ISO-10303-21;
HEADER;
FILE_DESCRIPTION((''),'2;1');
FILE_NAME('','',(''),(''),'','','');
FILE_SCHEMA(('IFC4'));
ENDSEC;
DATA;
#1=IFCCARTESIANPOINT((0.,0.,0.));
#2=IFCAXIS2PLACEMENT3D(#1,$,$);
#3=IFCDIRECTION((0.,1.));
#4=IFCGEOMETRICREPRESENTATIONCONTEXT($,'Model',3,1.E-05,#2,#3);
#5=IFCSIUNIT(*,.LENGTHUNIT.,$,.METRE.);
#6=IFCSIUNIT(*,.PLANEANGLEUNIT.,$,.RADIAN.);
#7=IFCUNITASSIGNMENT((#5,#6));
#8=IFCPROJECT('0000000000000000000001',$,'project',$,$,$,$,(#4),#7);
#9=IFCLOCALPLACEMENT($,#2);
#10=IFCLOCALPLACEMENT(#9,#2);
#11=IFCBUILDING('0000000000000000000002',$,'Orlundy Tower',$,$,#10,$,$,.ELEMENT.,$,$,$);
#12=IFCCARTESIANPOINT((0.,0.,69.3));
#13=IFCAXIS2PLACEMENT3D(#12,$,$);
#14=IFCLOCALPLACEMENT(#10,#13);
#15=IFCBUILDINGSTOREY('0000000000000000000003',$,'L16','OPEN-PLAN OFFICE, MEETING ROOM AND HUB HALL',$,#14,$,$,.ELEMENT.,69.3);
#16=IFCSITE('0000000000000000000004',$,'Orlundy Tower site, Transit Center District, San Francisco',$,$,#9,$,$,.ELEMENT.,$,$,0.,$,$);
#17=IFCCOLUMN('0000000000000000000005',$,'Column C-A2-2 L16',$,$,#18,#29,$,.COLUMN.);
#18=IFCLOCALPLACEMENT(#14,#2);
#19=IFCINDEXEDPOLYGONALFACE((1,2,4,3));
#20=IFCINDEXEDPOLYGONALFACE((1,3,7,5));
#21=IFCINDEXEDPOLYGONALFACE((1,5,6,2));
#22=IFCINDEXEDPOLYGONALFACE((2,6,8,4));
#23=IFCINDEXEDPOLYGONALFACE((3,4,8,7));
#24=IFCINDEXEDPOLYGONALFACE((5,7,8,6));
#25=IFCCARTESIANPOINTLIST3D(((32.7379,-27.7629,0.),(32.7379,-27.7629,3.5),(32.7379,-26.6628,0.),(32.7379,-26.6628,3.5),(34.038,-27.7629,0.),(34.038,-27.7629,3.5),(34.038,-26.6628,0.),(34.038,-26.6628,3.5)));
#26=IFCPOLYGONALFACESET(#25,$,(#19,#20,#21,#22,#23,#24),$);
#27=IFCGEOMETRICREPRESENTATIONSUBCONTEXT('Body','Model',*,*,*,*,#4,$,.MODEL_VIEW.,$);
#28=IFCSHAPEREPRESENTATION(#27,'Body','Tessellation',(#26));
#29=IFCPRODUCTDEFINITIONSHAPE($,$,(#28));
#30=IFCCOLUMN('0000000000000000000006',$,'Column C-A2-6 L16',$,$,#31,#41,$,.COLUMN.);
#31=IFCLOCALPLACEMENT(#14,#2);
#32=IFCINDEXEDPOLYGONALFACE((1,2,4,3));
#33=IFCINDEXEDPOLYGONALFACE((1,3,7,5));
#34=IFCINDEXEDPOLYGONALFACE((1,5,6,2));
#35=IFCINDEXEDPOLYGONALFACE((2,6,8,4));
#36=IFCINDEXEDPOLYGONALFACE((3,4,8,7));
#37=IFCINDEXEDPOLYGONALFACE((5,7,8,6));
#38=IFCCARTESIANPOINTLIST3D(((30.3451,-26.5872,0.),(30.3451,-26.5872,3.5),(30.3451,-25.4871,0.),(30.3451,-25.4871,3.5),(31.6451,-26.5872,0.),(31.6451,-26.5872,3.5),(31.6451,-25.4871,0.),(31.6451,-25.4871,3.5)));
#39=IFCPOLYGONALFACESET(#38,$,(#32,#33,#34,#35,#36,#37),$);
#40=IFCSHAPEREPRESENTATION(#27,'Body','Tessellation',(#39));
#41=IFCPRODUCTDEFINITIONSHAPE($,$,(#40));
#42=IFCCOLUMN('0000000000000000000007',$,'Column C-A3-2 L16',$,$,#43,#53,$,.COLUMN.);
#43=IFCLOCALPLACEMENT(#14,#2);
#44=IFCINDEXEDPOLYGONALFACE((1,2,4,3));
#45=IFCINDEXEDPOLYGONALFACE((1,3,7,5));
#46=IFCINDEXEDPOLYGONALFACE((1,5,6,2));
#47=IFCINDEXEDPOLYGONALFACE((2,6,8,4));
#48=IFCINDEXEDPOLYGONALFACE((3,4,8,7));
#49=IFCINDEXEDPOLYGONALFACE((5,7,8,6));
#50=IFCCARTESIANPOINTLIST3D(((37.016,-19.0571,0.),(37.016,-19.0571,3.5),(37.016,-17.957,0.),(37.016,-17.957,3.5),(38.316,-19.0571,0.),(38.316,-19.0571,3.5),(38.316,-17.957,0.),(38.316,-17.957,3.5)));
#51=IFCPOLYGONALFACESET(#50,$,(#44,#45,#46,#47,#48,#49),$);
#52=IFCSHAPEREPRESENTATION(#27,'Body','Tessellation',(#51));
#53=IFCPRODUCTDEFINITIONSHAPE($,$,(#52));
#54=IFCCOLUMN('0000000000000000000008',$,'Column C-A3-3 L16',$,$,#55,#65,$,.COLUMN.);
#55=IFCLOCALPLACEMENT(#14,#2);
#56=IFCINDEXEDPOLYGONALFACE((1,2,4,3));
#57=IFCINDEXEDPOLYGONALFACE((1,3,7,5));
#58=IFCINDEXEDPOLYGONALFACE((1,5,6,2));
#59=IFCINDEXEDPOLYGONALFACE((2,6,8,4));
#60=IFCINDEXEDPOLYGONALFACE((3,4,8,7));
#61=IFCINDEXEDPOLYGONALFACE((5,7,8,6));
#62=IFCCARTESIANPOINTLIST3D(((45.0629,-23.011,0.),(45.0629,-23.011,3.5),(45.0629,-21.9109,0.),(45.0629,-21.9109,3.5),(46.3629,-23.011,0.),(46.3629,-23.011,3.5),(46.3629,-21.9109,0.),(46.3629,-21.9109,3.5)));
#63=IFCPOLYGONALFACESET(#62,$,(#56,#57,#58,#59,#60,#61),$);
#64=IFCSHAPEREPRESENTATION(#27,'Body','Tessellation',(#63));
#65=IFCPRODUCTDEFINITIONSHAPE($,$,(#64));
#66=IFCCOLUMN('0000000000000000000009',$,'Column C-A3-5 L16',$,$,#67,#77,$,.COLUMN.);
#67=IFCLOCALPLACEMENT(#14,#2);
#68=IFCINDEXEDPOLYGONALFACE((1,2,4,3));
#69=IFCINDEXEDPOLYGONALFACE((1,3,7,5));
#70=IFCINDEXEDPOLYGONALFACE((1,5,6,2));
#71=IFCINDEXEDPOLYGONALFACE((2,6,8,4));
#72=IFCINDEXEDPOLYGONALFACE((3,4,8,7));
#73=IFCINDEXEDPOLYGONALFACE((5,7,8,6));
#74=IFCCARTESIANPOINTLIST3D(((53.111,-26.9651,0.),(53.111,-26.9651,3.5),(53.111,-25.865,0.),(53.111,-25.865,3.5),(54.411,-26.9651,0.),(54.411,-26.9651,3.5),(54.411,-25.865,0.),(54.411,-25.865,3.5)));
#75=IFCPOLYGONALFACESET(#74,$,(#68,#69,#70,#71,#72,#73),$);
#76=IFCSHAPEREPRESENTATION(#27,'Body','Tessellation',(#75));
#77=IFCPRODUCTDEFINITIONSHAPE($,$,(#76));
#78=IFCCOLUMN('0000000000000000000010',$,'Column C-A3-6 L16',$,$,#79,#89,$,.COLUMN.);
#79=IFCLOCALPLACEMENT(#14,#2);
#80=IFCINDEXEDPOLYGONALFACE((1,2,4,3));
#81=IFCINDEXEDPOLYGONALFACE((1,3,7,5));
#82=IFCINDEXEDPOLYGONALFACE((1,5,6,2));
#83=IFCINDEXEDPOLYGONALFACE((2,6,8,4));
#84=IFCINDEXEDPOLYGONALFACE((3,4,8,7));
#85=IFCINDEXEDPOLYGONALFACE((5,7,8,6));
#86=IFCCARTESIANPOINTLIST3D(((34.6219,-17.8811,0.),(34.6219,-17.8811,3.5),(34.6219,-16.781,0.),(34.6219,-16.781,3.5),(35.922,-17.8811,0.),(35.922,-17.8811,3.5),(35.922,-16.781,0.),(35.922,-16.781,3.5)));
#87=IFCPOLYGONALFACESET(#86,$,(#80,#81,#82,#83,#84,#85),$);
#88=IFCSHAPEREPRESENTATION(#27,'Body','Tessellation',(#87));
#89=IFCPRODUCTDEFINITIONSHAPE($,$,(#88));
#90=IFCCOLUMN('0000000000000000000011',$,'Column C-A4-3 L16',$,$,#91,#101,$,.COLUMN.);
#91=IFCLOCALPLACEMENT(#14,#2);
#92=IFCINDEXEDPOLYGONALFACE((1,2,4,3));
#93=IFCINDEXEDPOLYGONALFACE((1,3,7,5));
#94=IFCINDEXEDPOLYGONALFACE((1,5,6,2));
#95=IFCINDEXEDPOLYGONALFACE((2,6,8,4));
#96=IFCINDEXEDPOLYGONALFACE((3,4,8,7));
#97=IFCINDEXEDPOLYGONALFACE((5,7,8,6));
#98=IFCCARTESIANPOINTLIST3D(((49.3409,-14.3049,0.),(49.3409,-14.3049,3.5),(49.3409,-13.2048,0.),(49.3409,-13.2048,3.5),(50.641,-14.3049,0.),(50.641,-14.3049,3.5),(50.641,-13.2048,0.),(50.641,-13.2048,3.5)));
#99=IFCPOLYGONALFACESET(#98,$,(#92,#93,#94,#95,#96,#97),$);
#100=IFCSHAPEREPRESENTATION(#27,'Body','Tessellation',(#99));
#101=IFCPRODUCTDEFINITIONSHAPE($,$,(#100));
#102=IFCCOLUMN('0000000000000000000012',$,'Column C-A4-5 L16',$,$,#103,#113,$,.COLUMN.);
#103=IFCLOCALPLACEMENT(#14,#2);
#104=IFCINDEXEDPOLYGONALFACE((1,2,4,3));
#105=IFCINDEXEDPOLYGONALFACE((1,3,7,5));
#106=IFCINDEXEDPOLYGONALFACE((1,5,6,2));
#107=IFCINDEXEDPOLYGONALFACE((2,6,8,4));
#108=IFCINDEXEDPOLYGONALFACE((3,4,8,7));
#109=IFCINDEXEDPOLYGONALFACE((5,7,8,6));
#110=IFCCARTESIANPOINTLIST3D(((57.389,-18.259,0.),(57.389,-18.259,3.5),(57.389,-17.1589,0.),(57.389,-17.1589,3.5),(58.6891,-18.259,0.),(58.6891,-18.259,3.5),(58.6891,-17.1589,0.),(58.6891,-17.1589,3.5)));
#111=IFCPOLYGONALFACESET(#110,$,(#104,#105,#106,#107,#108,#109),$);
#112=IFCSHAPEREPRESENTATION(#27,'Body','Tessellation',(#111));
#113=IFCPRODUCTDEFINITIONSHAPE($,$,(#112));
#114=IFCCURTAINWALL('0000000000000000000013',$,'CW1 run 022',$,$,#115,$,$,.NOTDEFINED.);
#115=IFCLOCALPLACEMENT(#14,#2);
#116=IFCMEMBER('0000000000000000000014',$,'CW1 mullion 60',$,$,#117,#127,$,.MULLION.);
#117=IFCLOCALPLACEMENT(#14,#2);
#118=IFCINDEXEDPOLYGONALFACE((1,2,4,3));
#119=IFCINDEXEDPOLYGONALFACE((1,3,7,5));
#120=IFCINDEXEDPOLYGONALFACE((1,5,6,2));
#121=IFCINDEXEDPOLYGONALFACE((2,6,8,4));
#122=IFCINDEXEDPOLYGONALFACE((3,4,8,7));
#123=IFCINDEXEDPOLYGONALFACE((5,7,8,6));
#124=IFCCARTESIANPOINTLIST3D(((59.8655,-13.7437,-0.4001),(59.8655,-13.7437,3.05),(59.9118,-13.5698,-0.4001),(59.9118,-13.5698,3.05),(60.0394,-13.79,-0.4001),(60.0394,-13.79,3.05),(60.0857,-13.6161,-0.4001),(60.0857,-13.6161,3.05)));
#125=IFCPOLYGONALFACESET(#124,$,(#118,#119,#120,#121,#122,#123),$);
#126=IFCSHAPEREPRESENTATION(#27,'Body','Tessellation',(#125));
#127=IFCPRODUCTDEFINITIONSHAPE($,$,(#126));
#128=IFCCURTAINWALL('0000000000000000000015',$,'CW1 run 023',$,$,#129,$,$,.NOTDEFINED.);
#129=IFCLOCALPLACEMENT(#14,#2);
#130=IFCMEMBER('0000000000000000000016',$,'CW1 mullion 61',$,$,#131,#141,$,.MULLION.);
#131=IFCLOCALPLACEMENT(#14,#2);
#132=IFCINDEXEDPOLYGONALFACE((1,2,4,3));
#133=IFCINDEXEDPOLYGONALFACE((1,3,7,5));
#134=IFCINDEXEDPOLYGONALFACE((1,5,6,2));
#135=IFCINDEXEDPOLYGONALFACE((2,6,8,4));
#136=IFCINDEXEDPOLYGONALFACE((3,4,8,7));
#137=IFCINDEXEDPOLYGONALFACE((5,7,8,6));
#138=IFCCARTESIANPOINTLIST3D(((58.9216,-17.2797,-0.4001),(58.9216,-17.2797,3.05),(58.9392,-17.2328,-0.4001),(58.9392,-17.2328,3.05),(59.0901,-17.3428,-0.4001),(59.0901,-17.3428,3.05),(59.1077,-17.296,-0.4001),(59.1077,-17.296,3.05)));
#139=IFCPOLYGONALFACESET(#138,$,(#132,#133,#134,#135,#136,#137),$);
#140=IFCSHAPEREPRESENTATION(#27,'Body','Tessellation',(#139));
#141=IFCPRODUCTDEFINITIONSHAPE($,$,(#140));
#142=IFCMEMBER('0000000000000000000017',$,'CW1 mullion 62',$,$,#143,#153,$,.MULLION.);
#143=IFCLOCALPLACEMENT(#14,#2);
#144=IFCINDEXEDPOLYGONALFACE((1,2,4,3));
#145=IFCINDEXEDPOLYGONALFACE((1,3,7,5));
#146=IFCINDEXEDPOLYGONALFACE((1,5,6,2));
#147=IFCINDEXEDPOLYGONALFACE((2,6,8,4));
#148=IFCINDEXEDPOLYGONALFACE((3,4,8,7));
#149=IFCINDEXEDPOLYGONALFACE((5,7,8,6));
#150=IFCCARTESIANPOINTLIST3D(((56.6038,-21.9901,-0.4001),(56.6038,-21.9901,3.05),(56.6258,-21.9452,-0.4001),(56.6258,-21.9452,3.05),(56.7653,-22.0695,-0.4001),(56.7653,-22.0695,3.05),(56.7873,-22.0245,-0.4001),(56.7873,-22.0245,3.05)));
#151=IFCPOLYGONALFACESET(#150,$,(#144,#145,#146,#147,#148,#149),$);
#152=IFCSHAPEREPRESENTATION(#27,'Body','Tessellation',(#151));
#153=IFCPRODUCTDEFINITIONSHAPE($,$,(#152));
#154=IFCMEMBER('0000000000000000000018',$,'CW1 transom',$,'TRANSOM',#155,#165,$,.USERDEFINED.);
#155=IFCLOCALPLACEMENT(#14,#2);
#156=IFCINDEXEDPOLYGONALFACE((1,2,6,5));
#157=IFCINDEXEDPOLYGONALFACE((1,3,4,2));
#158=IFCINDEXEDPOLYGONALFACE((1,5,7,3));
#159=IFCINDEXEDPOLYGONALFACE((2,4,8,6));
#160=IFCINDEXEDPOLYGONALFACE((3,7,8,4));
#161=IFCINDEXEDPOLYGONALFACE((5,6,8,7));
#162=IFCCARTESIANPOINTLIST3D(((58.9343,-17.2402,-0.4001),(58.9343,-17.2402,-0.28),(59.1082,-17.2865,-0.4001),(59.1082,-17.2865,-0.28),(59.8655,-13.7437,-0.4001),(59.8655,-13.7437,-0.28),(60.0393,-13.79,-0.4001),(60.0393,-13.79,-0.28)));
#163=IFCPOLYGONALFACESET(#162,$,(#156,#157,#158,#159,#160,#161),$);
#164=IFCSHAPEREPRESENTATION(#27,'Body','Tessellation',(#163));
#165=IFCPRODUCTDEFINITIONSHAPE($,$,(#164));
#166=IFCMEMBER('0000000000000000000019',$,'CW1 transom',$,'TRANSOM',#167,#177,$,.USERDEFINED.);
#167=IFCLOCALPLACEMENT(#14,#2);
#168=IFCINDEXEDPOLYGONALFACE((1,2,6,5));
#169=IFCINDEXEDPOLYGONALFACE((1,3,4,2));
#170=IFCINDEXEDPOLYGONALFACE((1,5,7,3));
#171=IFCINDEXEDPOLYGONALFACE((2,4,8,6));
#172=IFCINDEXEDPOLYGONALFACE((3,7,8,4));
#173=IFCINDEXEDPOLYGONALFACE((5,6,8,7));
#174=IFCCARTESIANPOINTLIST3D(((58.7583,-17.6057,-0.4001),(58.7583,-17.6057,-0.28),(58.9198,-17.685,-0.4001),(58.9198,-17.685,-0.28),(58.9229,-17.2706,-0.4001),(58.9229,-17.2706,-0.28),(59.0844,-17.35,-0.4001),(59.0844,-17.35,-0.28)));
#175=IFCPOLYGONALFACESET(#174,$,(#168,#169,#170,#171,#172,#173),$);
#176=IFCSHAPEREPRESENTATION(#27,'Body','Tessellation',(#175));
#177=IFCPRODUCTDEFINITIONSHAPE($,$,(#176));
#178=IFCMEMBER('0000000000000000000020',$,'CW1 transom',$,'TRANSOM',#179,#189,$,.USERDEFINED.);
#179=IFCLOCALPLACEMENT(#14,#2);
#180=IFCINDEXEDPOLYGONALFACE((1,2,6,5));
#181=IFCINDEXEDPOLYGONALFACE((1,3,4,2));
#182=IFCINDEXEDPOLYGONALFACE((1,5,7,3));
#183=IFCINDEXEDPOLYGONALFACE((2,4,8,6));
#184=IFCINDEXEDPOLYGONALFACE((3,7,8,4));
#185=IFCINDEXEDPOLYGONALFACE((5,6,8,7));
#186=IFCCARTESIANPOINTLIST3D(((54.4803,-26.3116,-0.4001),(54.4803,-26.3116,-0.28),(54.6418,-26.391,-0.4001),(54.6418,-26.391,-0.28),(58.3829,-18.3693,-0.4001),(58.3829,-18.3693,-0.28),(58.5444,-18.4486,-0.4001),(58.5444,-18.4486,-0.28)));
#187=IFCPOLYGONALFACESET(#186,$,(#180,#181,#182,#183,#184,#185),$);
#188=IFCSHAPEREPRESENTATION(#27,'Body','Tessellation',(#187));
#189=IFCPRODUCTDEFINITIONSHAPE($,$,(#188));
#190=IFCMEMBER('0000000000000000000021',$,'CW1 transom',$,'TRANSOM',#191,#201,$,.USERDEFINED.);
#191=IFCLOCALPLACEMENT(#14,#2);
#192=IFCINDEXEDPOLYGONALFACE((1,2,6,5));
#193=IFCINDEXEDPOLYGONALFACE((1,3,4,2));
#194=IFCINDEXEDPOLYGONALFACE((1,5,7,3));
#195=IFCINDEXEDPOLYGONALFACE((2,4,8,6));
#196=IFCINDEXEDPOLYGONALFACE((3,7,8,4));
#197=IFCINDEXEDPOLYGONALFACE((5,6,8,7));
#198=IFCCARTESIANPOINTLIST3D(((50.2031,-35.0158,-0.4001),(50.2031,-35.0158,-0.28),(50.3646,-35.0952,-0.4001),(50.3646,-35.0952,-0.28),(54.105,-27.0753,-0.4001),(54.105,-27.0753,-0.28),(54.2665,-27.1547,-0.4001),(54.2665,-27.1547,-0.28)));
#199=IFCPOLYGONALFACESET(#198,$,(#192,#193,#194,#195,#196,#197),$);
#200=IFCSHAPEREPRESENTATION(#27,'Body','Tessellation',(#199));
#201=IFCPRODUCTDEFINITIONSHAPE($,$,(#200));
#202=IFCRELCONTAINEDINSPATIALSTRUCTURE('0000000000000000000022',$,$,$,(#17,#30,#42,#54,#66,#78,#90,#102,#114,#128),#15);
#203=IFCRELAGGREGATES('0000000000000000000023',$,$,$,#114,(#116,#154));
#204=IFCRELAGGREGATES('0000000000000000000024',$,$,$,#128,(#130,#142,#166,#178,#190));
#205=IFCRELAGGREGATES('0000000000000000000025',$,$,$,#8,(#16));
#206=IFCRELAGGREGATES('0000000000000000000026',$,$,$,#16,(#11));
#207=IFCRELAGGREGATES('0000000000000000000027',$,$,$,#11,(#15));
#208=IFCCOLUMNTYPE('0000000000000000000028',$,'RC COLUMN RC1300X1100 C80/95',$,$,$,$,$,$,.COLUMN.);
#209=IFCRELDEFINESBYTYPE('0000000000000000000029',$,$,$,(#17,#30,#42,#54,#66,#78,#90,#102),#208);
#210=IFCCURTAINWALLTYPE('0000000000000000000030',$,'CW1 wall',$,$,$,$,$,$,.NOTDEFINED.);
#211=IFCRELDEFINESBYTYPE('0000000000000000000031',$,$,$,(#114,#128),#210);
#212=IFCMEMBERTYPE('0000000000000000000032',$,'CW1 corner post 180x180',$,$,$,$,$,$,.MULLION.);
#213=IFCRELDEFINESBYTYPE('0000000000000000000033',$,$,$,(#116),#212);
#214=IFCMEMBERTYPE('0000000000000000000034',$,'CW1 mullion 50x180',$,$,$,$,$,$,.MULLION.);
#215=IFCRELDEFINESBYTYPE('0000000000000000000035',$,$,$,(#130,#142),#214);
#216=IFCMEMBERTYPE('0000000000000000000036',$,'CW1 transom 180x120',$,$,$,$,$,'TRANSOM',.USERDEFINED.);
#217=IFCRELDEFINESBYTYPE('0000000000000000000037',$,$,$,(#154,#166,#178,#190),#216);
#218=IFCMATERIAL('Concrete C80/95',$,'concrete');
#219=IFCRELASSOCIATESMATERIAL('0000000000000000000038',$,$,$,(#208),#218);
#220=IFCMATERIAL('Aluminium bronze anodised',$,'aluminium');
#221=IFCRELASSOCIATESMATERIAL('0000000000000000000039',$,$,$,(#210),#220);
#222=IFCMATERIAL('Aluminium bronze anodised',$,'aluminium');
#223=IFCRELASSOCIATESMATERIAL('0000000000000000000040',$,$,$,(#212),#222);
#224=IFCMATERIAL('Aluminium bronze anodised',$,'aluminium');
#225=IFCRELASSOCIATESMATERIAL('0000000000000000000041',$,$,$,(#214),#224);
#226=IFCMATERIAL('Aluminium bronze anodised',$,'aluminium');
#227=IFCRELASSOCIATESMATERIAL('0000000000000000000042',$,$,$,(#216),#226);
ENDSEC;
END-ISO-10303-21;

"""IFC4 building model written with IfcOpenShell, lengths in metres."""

from ifc_helpers import new_model, si_unit, direction, frame, origin, origin_2d, place, context, subcontext, project, spatial, rectangle, extrude, material, material_profile, profile_set, type_object, element, aggregate, save


model = new_model("IFC4")

# Units and contexts
model_context = context("Model", 3, precision=1e-05, world=origin(), true_north=direction((0.0, 1.0)))
body_context = subcontext(model_context, "Body", "Model", "MODEL_VIEW")
ifc_project = project(units=[si_unit("LENGTHUNIT", "METRE"), si_unit("PLANEANGLEUNIT", "RADIAN")], contexts=[model_context])

# Site, building, storey
site_placement = place(None, origin())
site = spatial("IfcSite", under=ifc_project, at=site_placement, Name="Orlundy Tower site, Transit Center District, San Francisco", CompositionType="ELEMENT", RefElevation=0.0)
building_placement = place(site_placement, origin())
building = spatial("IfcBuilding", under=site, at=building_placement, Name="Orlundy Tower", CompositionType="ELEMENT")
storey_placement = place(building_placement, frame((0.0, 0.0, 69.3)))
storey = spatial("IfcBuildingStorey", under=building, at=storey_placement, Name="L16", Description="OPEN-PLAN OFFICE, MEETING ROOM AND HUB HALL", CompositionType="ELEMENT", Elevation=69.3)

# Columns
ifc_material_1 = material(Name="Concrete C80/95", Category="concrete")
ifc_material_profile_1 = material_profile(ifc_material_1, rectangle(XDim=1.3, YDim=1.1001, at=origin_2d()), Name="RC1300X1100")
ifc_profile_set_1 = profile_set([ifc_material_profile_1], Name="Concrete C80/95")
column_type = type_object("IfcColumnType", Name="RC COLUMN RC1300X1100 C80/95", PredefinedType="COLUMN", material=ifc_profile_set_1)
for number, where, z_axis, x_axis, name in (
    (1, (33.3879, -27.2129, 0.0), (0.0, 0.0, 1.0), (1.0, 0.0, 0.0), "Column C-A2-2 L16"),
    (2, (30.9951, -26.0371, 0.0), (0.0, 0.0, 1.0), (1.0, 0.0, 0.0), "Column C-A2-6 L16"),
    (3, (37.666, -18.5071, 0.0), (0.0, 0.0, 1.0), (1.0, 0.0, 0.0), "Column C-A3-2 L16"),
    (4, (45.7129, -22.4609, 0.0), (0.0, 0.0, 1.0), (1.0, 0.0, 0.0), "Column C-A3-3 L16"),
    (5, (53.761, -26.415, 0.0), (0.0, 0.0, 1.0), (1.0, 0.0, 0.0), "Column C-A3-5 L16"),
    (6, (35.272, -17.3311, 0.0), (0.0, 0.0, 1.0), (1.0, 0.0, 0.0), "Column C-A3-6 L16"),
    (7, (49.991, -13.7549, 0.0), (0.0, 0.0, 1.0), (1.0, 0.0, 0.0), "Column C-A4-3 L16"),
    (8, (58.0391, -17.709, 0.0), (0.0, 0.0, 1.0), (1.0, 0.0, 0.0), "Column C-A4-5 L16"),
):
    element("IfcColumn", number, at=place(storey_placement, frame(where, z_axis=z_axis, x_axis=x_axis)), inside=storey, type_object=column_type, Name=name, PredefinedType="COLUMN", context=body_context, shape_type="SweptSolid", body=[
        extrude(rectangle(XDim=1.3, YDim=1.1001, at=origin_2d()), origin(), (0.0, 0.0, 1.0), 3.5),
    ])

# Curtain wall, member
ifc_material_2 = material(Name="Aluminium bronze anodised", Category="aluminium")
curtain_wall_type = type_object("IfcCurtainWallType", Name="CW1 wall", PredefinedType="NOTDEFINED", material=ifc_material_2)
curtain_wall_1_placement = place(storey_placement, origin())
curtain_wall_1 = element("IfcCurtainWall", 9, at=curtain_wall_1_placement, inside=storey, type_object=curtain_wall_type, Name="CW1 run 022", PredefinedType="NOTDEFINED")
ifc_material_3 = material(Name="Aluminium bronze anodised", Category="aluminium")
ifc_material_profile_2 = material_profile(ifc_material_3, rectangle(XDim=0.1799, YDim=0.1799, at=origin_2d()), Name="CW1 corner post 180x180")
ifc_profile_set_2 = profile_set([ifc_material_profile_2], Name="Aluminium bronze anodised")
member_type_1 = type_object("IfcMemberType", Name="CW1 corner post 180x180", PredefinedType="MULLION", material=ifc_profile_set_2)
member_1_placement = place(storey_placement, frame((59.9756, -13.6799, -0.4001), z_axis=(0.0, 0.0, 1.0), x_axis=(0.966315, -0.25736, 0.0)))
member_1 = element("IfcMember", 10, at=member_1_placement, type_object=member_type_1, Name="CW1 mullion 60", PredefinedType="MULLION", context=body_context, shape_type="SweptSolid", body=[
    extrude(rectangle(XDim=0.1799, YDim=0.1799, at=origin_2d()), origin(), (0.0, 0.0, 1.0), 3.4502),
])

# Curtain wall, members
curtain_wall_2_placement = place(storey_placement, origin())
curtain_wall_2 = element("IfcCurtainWall", 11, at=curtain_wall_2_placement, inside=storey, type_object=curtain_wall_type, Name="CW1 run 023", PredefinedType="NOTDEFINED")
ifc_material_4 = material(Name="Aluminium bronze anodised", Category="aluminium")
ifc_material_profile_3 = material_profile(ifc_material_4, rectangle(XDim=0.1799, YDim=0.05, at=origin_2d()), Name="CW1 mullion 50x180")
ifc_profile_set_3 = profile_set([ifc_material_profile_3], Name="Aluminium bronze anodised")
member_type_2 = type_object("IfcMemberType", Name="CW1 mullion 50x180", PredefinedType="MULLION", material=ifc_profile_set_3)
member_2_placement = place(storey_placement, frame((59.0146, -17.2878, -0.4001), z_axis=(0.0, 0.0, 1.0), x_axis=(0.936421, -0.350877, 0.0)))
member_2 = element("IfcMember", 12, at=member_2_placement, type_object=member_type_2, Name="CW1 mullion 61", PredefinedType="MULLION", context=body_context, shape_type="SweptSolid", body=[
    extrude(rectangle(XDim=0.1799, YDim=0.05, at=origin_2d()), origin(), (0.0, 0.0, 1.0), 3.4502),
])
member_3_placement = place(storey_placement, frame((56.6956, -22.0073, -0.4001), z_axis=(0.0, 0.0, 1.0), x_axis=(0.897501, -0.441012, 0.0)))
member_3 = element("IfcMember", 13, at=member_3_placement, type_object=member_type_2, Name="CW1 mullion 62", PredefinedType="MULLION", context=body_context, shape_type="SweptSolid", body=[
    extrude(rectangle(XDim=0.1799, YDim=0.05, at=origin_2d()), origin(), (0.0, 0.0, 1.0), 3.4502),
])

# Members
ifc_material_5 = material(Name="Aluminium bronze anodised", Category="aluminium")
ifc_material_profile_4 = material_profile(ifc_material_5, rectangle(XDim=0.1799, YDim=0.1201, at=origin_2d()), Name="CW1 transom 180x120")
ifc_profile_set_4 = profile_set([ifc_material_profile_4], Name="Aluminium bronze anodised")
member_type_3 = type_object("IfcMemberType", Name="CW1 transom 180x120", ElementType="TRANSOM", PredefinedType="USERDEFINED", material=ifc_profile_set_4)
member_4_placement = place(storey_placement, frame((59.9524, -13.7668, -0.3401), z_axis=(-0.257335, -0.966322, 0.0), x_axis=(0.966322, -0.257335, 0.0)))
member_4 = element("IfcMember", 14, at=member_4_placement, type_object=member_type_3, Name="CW1 transom", ObjectType="TRANSOM", PredefinedType="USERDEFINED", context=body_context, shape_type="SweptSolid", body=[
    extrude(rectangle(XDim=0.1799, YDim=0.1201, at=origin_2d()), origin(), (0.0, 0.0, 1.0), 3.6184),
])
member_5_placement = place(storey_placement, frame((59.0037, -17.3103, -0.3401), z_axis=(-0.440922, -0.897545, 0.0), x_axis=(0.897545, -0.440922, 0.0)))
member_5 = element("IfcMember", 15, at=member_5_placement, type_object=member_type_3, Name="CW1 transom", ObjectType="TRANSOM", PredefinedType="USERDEFINED", context=body_context, shape_type="SweptSolid", body=[
    extrude(rectangle(XDim=0.1799, YDim=0.1201, at=origin_2d()), origin(), (0.0, 0.0, 1.0), 0.3733),
])
member_6_placement = place(storey_placement, frame((58.4636, -18.4089, -0.3401), z_axis=(-0.441001, -0.897507, 0.0), x_axis=(0.897507, -0.441001, 0.0)))
member_6 = element("IfcMember", 16, at=member_6_placement, type_object=member_type_3, Name="CW1 transom", ObjectType="TRANSOM", PredefinedType="USERDEFINED", context=body_context, shape_type="SweptSolid", body=[
    extrude(rectangle(XDim=0.1799, YDim=0.1201, at=origin_2d()), origin(), (0.0, 0.0, 1.0), 8.8494),
])
member_7_placement = place(storey_placement, frame((54.1858, -27.115, -0.3401), z_axis=(-0.441022, -0.897496, 0.0), x_axis=(0.897496, -0.441022, 0.0)))
member_7 = element("IfcMember", 17, at=member_7_placement, type_object=member_type_3, Name="CW1 transom", ObjectType="TRANSOM", PredefinedType="USERDEFINED", context=body_context, shape_type="SweptSolid", body=[
    extrude(rectangle(XDim=0.1799, YDim=0.1201, at=origin_2d()), origin(), (0.0, 0.0, 1.0), 8.8474),
])

aggregate(curtain_wall_1, [member_1, member_4])
aggregate(curtain_wall_2, [member_2, member_3, member_5, member_6, member_7])

save(model, "model.ifc")
